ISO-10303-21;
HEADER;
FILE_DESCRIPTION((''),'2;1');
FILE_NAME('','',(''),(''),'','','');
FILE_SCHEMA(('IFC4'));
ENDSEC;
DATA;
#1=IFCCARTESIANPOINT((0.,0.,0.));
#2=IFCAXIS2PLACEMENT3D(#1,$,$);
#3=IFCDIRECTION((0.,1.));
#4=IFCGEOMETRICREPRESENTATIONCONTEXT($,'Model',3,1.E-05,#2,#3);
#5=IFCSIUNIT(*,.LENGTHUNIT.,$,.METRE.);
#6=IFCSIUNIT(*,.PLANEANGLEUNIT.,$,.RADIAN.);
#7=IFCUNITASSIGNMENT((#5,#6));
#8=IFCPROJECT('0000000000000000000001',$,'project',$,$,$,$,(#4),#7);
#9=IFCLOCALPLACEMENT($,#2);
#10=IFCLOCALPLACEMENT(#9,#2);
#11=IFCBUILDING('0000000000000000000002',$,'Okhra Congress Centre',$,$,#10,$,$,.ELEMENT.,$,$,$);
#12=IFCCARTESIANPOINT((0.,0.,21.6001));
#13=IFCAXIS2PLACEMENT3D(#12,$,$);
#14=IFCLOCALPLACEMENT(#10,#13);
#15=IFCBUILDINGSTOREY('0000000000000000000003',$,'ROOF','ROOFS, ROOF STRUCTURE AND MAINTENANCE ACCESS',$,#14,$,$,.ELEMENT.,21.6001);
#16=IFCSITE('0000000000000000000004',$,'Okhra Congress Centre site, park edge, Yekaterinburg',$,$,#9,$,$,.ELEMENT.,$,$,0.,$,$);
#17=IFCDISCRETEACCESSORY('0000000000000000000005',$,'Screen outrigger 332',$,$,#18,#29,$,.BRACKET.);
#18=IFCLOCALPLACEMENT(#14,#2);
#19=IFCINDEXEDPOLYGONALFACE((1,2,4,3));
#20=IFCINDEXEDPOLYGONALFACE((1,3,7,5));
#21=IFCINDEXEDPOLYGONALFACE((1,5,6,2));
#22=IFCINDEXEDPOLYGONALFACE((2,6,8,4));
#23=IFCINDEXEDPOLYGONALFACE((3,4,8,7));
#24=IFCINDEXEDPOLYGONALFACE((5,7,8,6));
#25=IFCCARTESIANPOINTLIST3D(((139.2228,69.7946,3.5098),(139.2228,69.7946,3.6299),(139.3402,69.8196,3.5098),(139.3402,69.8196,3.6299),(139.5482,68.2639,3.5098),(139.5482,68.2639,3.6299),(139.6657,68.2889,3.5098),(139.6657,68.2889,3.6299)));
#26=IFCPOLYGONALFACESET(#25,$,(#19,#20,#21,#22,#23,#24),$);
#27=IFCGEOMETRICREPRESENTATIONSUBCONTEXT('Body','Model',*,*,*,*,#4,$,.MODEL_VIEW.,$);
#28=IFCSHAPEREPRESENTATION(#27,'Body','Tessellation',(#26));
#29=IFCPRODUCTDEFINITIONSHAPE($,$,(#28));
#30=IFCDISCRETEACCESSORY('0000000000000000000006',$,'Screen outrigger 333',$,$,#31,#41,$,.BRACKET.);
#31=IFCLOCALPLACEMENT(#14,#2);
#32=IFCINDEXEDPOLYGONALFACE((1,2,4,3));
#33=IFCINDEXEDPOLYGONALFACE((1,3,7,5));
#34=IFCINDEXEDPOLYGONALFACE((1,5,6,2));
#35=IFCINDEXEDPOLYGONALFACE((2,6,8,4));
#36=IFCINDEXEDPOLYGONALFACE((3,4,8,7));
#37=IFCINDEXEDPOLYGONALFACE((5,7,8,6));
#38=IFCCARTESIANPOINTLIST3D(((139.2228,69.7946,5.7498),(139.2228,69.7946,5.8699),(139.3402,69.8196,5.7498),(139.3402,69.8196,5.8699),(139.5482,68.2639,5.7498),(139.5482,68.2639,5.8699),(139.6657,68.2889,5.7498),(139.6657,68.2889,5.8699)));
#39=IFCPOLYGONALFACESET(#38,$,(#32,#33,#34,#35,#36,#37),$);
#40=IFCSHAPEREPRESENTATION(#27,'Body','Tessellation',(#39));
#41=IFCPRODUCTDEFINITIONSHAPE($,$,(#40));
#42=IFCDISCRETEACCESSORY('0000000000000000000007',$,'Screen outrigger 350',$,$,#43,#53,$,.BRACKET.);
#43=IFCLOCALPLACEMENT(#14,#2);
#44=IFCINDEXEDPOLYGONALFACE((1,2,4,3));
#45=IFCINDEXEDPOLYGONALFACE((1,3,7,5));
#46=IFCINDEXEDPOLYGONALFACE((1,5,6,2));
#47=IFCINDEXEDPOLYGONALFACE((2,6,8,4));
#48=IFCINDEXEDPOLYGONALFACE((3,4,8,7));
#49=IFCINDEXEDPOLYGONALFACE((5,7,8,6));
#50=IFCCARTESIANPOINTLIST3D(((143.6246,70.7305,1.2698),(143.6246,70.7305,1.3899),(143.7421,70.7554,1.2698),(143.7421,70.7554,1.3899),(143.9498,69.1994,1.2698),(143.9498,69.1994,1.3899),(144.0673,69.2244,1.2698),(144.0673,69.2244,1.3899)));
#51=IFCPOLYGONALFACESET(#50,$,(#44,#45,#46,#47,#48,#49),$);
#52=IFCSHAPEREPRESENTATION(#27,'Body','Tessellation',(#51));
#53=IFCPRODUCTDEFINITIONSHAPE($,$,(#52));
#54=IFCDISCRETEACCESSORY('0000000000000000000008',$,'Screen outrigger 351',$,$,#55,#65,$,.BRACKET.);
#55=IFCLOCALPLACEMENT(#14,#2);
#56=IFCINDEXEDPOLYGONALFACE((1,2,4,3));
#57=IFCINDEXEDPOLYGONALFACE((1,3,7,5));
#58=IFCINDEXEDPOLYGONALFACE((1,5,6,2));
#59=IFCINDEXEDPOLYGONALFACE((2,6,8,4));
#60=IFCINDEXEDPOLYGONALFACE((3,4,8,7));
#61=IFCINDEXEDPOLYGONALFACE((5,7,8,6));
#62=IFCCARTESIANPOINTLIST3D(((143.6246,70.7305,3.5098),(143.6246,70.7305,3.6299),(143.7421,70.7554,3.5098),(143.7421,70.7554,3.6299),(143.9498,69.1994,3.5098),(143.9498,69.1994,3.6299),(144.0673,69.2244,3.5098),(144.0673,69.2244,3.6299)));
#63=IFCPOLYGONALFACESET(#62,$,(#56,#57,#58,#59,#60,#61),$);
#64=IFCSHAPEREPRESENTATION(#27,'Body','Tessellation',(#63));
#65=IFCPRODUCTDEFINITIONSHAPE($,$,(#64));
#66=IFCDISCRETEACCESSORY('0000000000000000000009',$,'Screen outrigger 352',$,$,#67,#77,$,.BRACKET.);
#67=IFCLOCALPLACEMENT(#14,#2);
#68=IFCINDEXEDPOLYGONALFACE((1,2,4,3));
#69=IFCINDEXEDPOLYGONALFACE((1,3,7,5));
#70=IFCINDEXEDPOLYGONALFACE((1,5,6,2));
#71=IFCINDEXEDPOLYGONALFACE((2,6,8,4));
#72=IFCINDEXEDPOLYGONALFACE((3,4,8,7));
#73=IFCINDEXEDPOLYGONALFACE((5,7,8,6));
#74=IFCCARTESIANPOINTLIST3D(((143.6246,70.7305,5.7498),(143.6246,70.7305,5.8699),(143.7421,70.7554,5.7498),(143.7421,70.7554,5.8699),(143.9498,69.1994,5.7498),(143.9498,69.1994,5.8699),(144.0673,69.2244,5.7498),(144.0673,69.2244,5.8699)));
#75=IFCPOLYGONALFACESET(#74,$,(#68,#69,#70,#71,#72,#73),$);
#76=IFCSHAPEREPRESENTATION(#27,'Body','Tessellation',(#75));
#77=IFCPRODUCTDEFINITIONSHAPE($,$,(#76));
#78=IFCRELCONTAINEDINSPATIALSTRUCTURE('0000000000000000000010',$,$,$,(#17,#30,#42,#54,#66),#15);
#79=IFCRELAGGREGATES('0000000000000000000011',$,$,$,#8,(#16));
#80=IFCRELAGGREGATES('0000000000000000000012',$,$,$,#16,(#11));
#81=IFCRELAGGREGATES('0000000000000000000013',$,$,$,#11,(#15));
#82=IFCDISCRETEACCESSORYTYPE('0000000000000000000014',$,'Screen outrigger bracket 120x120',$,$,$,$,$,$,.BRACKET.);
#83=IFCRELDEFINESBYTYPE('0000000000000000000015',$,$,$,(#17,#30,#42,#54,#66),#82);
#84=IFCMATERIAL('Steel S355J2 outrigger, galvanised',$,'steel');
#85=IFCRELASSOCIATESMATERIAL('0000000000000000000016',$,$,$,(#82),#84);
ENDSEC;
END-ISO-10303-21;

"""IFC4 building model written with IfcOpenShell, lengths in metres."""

from ifc_helpers import new_model, si_unit, direction, frame, origin, origin_2d, place, context, subcontext, project, spatial, rectangle, extrude, material, material_profile, profile_set, type_object, element, save


model = new_model("IFC4")

# Units and contexts
model_context = context("Model", 3, precision=1e-05, world=origin(), true_north=direction((0.0, 1.0)))
body_context = subcontext(model_context, "Body", "Model", "MODEL_VIEW")
ifc_project = project(units=[si_unit("LENGTHUNIT", "METRE"), si_unit("PLANEANGLEUNIT", "RADIAN")], contexts=[model_context])

# Site, building, storey
site_placement = place(None, origin())
site = spatial("IfcSite", under=ifc_project, at=site_placement, Name="Okhra Congress Centre site, park edge, Yekaterinburg", CompositionType="ELEMENT", RefElevation=0.0)
building_placement = place(site_placement, origin())
building = spatial("IfcBuilding", under=site, at=building_placement, Name="Okhra Congress Centre", CompositionType="ELEMENT")
storey_placement = place(building_placement, frame((0.0, 0.0, 21.6001)))
storey = spatial("IfcBuildingStorey", under=building, at=storey_placement, Name="ROOF", Description="ROOFS, ROOF STRUCTURE AND MAINTENANCE ACCESS", CompositionType="ELEMENT", Elevation=21.6001)

# Discrete accessories
ifc_material_1 = material(Name="Steel S355J2 outrigger, galvanised", Category="steel")
ifc_material_profile_1 = material_profile(ifc_material_1, rectangle(XDim=0.1201, YDim=0.1201, at=origin_2d()), Name="Screen outrigger bracket 120x120")
ifc_profile_set_1 = profile_set([ifc_material_profile_1], Name="Steel S355J2 outrigger, galvanised")
discrete_accessory_type = type_object("IfcDiscreteAccessoryType", Name="Screen outrigger bracket 120x120", PredefinedType="BRACKET", material=ifc_profile_set_1)
for number, where, z_axis, x_axis, name in (
    (1, (139.6069, 68.2764, 3.5698), (-0.207952, 0.978139, 0.0), (-0.978139, -0.207952, 0.0), "Screen outrigger 332"),
    (2, (139.6069, 68.2764, 5.8098), (-0.207952, 0.978139, 0.0), (-0.978139, -0.207952, 0.0), "Screen outrigger 333"),
):
    element("IfcDiscreteAccessory", number, at=place(storey_placement, frame(where, z_axis=z_axis, x_axis=x_axis)), inside=storey, type_object=discrete_accessory_type, Name=name, PredefinedType="BRACKET", context=body_context, shape_type="SweptSolid", body=[
        extrude(rectangle(XDim=0.1201, YDim=0.1201, at=origin_2d()), origin(), (0.0, 0.0, 1.0), 1.5649),
    ])
for number, where, z_axis, x_axis, name in (
    (3, (144.0085, 69.2119, 1.3298), (-0.207771, 0.978177, 0.0), (-0.978177, -0.207771, 0.0), "Screen outrigger 350"),
    (4, (144.0085, 69.2119, 3.5698), (-0.207771, 0.978177, 0.0), (-0.978177, -0.207771, 0.0), "Screen outrigger 351"),
    (5, (144.0085, 69.2119, 5.8098), (-0.207771, 0.978177, 0.0), (-0.978177, -0.207771, 0.0), "Screen outrigger 352"),
):
    element("IfcDiscreteAccessory", number, at=place(storey_placement, frame(where, z_axis=z_axis, x_axis=x_axis)), inside=storey, type_object=discrete_accessory_type, Name=name, PredefinedType="BRACKET", context=body_context, shape_type="SweptSolid", body=[
        extrude(rectangle(XDim=0.1201, YDim=0.1201, at=origin_2d()), origin(), (0.0, 0.0, 1.0), 1.5652),
    ])

save(model, "model.ifc")
